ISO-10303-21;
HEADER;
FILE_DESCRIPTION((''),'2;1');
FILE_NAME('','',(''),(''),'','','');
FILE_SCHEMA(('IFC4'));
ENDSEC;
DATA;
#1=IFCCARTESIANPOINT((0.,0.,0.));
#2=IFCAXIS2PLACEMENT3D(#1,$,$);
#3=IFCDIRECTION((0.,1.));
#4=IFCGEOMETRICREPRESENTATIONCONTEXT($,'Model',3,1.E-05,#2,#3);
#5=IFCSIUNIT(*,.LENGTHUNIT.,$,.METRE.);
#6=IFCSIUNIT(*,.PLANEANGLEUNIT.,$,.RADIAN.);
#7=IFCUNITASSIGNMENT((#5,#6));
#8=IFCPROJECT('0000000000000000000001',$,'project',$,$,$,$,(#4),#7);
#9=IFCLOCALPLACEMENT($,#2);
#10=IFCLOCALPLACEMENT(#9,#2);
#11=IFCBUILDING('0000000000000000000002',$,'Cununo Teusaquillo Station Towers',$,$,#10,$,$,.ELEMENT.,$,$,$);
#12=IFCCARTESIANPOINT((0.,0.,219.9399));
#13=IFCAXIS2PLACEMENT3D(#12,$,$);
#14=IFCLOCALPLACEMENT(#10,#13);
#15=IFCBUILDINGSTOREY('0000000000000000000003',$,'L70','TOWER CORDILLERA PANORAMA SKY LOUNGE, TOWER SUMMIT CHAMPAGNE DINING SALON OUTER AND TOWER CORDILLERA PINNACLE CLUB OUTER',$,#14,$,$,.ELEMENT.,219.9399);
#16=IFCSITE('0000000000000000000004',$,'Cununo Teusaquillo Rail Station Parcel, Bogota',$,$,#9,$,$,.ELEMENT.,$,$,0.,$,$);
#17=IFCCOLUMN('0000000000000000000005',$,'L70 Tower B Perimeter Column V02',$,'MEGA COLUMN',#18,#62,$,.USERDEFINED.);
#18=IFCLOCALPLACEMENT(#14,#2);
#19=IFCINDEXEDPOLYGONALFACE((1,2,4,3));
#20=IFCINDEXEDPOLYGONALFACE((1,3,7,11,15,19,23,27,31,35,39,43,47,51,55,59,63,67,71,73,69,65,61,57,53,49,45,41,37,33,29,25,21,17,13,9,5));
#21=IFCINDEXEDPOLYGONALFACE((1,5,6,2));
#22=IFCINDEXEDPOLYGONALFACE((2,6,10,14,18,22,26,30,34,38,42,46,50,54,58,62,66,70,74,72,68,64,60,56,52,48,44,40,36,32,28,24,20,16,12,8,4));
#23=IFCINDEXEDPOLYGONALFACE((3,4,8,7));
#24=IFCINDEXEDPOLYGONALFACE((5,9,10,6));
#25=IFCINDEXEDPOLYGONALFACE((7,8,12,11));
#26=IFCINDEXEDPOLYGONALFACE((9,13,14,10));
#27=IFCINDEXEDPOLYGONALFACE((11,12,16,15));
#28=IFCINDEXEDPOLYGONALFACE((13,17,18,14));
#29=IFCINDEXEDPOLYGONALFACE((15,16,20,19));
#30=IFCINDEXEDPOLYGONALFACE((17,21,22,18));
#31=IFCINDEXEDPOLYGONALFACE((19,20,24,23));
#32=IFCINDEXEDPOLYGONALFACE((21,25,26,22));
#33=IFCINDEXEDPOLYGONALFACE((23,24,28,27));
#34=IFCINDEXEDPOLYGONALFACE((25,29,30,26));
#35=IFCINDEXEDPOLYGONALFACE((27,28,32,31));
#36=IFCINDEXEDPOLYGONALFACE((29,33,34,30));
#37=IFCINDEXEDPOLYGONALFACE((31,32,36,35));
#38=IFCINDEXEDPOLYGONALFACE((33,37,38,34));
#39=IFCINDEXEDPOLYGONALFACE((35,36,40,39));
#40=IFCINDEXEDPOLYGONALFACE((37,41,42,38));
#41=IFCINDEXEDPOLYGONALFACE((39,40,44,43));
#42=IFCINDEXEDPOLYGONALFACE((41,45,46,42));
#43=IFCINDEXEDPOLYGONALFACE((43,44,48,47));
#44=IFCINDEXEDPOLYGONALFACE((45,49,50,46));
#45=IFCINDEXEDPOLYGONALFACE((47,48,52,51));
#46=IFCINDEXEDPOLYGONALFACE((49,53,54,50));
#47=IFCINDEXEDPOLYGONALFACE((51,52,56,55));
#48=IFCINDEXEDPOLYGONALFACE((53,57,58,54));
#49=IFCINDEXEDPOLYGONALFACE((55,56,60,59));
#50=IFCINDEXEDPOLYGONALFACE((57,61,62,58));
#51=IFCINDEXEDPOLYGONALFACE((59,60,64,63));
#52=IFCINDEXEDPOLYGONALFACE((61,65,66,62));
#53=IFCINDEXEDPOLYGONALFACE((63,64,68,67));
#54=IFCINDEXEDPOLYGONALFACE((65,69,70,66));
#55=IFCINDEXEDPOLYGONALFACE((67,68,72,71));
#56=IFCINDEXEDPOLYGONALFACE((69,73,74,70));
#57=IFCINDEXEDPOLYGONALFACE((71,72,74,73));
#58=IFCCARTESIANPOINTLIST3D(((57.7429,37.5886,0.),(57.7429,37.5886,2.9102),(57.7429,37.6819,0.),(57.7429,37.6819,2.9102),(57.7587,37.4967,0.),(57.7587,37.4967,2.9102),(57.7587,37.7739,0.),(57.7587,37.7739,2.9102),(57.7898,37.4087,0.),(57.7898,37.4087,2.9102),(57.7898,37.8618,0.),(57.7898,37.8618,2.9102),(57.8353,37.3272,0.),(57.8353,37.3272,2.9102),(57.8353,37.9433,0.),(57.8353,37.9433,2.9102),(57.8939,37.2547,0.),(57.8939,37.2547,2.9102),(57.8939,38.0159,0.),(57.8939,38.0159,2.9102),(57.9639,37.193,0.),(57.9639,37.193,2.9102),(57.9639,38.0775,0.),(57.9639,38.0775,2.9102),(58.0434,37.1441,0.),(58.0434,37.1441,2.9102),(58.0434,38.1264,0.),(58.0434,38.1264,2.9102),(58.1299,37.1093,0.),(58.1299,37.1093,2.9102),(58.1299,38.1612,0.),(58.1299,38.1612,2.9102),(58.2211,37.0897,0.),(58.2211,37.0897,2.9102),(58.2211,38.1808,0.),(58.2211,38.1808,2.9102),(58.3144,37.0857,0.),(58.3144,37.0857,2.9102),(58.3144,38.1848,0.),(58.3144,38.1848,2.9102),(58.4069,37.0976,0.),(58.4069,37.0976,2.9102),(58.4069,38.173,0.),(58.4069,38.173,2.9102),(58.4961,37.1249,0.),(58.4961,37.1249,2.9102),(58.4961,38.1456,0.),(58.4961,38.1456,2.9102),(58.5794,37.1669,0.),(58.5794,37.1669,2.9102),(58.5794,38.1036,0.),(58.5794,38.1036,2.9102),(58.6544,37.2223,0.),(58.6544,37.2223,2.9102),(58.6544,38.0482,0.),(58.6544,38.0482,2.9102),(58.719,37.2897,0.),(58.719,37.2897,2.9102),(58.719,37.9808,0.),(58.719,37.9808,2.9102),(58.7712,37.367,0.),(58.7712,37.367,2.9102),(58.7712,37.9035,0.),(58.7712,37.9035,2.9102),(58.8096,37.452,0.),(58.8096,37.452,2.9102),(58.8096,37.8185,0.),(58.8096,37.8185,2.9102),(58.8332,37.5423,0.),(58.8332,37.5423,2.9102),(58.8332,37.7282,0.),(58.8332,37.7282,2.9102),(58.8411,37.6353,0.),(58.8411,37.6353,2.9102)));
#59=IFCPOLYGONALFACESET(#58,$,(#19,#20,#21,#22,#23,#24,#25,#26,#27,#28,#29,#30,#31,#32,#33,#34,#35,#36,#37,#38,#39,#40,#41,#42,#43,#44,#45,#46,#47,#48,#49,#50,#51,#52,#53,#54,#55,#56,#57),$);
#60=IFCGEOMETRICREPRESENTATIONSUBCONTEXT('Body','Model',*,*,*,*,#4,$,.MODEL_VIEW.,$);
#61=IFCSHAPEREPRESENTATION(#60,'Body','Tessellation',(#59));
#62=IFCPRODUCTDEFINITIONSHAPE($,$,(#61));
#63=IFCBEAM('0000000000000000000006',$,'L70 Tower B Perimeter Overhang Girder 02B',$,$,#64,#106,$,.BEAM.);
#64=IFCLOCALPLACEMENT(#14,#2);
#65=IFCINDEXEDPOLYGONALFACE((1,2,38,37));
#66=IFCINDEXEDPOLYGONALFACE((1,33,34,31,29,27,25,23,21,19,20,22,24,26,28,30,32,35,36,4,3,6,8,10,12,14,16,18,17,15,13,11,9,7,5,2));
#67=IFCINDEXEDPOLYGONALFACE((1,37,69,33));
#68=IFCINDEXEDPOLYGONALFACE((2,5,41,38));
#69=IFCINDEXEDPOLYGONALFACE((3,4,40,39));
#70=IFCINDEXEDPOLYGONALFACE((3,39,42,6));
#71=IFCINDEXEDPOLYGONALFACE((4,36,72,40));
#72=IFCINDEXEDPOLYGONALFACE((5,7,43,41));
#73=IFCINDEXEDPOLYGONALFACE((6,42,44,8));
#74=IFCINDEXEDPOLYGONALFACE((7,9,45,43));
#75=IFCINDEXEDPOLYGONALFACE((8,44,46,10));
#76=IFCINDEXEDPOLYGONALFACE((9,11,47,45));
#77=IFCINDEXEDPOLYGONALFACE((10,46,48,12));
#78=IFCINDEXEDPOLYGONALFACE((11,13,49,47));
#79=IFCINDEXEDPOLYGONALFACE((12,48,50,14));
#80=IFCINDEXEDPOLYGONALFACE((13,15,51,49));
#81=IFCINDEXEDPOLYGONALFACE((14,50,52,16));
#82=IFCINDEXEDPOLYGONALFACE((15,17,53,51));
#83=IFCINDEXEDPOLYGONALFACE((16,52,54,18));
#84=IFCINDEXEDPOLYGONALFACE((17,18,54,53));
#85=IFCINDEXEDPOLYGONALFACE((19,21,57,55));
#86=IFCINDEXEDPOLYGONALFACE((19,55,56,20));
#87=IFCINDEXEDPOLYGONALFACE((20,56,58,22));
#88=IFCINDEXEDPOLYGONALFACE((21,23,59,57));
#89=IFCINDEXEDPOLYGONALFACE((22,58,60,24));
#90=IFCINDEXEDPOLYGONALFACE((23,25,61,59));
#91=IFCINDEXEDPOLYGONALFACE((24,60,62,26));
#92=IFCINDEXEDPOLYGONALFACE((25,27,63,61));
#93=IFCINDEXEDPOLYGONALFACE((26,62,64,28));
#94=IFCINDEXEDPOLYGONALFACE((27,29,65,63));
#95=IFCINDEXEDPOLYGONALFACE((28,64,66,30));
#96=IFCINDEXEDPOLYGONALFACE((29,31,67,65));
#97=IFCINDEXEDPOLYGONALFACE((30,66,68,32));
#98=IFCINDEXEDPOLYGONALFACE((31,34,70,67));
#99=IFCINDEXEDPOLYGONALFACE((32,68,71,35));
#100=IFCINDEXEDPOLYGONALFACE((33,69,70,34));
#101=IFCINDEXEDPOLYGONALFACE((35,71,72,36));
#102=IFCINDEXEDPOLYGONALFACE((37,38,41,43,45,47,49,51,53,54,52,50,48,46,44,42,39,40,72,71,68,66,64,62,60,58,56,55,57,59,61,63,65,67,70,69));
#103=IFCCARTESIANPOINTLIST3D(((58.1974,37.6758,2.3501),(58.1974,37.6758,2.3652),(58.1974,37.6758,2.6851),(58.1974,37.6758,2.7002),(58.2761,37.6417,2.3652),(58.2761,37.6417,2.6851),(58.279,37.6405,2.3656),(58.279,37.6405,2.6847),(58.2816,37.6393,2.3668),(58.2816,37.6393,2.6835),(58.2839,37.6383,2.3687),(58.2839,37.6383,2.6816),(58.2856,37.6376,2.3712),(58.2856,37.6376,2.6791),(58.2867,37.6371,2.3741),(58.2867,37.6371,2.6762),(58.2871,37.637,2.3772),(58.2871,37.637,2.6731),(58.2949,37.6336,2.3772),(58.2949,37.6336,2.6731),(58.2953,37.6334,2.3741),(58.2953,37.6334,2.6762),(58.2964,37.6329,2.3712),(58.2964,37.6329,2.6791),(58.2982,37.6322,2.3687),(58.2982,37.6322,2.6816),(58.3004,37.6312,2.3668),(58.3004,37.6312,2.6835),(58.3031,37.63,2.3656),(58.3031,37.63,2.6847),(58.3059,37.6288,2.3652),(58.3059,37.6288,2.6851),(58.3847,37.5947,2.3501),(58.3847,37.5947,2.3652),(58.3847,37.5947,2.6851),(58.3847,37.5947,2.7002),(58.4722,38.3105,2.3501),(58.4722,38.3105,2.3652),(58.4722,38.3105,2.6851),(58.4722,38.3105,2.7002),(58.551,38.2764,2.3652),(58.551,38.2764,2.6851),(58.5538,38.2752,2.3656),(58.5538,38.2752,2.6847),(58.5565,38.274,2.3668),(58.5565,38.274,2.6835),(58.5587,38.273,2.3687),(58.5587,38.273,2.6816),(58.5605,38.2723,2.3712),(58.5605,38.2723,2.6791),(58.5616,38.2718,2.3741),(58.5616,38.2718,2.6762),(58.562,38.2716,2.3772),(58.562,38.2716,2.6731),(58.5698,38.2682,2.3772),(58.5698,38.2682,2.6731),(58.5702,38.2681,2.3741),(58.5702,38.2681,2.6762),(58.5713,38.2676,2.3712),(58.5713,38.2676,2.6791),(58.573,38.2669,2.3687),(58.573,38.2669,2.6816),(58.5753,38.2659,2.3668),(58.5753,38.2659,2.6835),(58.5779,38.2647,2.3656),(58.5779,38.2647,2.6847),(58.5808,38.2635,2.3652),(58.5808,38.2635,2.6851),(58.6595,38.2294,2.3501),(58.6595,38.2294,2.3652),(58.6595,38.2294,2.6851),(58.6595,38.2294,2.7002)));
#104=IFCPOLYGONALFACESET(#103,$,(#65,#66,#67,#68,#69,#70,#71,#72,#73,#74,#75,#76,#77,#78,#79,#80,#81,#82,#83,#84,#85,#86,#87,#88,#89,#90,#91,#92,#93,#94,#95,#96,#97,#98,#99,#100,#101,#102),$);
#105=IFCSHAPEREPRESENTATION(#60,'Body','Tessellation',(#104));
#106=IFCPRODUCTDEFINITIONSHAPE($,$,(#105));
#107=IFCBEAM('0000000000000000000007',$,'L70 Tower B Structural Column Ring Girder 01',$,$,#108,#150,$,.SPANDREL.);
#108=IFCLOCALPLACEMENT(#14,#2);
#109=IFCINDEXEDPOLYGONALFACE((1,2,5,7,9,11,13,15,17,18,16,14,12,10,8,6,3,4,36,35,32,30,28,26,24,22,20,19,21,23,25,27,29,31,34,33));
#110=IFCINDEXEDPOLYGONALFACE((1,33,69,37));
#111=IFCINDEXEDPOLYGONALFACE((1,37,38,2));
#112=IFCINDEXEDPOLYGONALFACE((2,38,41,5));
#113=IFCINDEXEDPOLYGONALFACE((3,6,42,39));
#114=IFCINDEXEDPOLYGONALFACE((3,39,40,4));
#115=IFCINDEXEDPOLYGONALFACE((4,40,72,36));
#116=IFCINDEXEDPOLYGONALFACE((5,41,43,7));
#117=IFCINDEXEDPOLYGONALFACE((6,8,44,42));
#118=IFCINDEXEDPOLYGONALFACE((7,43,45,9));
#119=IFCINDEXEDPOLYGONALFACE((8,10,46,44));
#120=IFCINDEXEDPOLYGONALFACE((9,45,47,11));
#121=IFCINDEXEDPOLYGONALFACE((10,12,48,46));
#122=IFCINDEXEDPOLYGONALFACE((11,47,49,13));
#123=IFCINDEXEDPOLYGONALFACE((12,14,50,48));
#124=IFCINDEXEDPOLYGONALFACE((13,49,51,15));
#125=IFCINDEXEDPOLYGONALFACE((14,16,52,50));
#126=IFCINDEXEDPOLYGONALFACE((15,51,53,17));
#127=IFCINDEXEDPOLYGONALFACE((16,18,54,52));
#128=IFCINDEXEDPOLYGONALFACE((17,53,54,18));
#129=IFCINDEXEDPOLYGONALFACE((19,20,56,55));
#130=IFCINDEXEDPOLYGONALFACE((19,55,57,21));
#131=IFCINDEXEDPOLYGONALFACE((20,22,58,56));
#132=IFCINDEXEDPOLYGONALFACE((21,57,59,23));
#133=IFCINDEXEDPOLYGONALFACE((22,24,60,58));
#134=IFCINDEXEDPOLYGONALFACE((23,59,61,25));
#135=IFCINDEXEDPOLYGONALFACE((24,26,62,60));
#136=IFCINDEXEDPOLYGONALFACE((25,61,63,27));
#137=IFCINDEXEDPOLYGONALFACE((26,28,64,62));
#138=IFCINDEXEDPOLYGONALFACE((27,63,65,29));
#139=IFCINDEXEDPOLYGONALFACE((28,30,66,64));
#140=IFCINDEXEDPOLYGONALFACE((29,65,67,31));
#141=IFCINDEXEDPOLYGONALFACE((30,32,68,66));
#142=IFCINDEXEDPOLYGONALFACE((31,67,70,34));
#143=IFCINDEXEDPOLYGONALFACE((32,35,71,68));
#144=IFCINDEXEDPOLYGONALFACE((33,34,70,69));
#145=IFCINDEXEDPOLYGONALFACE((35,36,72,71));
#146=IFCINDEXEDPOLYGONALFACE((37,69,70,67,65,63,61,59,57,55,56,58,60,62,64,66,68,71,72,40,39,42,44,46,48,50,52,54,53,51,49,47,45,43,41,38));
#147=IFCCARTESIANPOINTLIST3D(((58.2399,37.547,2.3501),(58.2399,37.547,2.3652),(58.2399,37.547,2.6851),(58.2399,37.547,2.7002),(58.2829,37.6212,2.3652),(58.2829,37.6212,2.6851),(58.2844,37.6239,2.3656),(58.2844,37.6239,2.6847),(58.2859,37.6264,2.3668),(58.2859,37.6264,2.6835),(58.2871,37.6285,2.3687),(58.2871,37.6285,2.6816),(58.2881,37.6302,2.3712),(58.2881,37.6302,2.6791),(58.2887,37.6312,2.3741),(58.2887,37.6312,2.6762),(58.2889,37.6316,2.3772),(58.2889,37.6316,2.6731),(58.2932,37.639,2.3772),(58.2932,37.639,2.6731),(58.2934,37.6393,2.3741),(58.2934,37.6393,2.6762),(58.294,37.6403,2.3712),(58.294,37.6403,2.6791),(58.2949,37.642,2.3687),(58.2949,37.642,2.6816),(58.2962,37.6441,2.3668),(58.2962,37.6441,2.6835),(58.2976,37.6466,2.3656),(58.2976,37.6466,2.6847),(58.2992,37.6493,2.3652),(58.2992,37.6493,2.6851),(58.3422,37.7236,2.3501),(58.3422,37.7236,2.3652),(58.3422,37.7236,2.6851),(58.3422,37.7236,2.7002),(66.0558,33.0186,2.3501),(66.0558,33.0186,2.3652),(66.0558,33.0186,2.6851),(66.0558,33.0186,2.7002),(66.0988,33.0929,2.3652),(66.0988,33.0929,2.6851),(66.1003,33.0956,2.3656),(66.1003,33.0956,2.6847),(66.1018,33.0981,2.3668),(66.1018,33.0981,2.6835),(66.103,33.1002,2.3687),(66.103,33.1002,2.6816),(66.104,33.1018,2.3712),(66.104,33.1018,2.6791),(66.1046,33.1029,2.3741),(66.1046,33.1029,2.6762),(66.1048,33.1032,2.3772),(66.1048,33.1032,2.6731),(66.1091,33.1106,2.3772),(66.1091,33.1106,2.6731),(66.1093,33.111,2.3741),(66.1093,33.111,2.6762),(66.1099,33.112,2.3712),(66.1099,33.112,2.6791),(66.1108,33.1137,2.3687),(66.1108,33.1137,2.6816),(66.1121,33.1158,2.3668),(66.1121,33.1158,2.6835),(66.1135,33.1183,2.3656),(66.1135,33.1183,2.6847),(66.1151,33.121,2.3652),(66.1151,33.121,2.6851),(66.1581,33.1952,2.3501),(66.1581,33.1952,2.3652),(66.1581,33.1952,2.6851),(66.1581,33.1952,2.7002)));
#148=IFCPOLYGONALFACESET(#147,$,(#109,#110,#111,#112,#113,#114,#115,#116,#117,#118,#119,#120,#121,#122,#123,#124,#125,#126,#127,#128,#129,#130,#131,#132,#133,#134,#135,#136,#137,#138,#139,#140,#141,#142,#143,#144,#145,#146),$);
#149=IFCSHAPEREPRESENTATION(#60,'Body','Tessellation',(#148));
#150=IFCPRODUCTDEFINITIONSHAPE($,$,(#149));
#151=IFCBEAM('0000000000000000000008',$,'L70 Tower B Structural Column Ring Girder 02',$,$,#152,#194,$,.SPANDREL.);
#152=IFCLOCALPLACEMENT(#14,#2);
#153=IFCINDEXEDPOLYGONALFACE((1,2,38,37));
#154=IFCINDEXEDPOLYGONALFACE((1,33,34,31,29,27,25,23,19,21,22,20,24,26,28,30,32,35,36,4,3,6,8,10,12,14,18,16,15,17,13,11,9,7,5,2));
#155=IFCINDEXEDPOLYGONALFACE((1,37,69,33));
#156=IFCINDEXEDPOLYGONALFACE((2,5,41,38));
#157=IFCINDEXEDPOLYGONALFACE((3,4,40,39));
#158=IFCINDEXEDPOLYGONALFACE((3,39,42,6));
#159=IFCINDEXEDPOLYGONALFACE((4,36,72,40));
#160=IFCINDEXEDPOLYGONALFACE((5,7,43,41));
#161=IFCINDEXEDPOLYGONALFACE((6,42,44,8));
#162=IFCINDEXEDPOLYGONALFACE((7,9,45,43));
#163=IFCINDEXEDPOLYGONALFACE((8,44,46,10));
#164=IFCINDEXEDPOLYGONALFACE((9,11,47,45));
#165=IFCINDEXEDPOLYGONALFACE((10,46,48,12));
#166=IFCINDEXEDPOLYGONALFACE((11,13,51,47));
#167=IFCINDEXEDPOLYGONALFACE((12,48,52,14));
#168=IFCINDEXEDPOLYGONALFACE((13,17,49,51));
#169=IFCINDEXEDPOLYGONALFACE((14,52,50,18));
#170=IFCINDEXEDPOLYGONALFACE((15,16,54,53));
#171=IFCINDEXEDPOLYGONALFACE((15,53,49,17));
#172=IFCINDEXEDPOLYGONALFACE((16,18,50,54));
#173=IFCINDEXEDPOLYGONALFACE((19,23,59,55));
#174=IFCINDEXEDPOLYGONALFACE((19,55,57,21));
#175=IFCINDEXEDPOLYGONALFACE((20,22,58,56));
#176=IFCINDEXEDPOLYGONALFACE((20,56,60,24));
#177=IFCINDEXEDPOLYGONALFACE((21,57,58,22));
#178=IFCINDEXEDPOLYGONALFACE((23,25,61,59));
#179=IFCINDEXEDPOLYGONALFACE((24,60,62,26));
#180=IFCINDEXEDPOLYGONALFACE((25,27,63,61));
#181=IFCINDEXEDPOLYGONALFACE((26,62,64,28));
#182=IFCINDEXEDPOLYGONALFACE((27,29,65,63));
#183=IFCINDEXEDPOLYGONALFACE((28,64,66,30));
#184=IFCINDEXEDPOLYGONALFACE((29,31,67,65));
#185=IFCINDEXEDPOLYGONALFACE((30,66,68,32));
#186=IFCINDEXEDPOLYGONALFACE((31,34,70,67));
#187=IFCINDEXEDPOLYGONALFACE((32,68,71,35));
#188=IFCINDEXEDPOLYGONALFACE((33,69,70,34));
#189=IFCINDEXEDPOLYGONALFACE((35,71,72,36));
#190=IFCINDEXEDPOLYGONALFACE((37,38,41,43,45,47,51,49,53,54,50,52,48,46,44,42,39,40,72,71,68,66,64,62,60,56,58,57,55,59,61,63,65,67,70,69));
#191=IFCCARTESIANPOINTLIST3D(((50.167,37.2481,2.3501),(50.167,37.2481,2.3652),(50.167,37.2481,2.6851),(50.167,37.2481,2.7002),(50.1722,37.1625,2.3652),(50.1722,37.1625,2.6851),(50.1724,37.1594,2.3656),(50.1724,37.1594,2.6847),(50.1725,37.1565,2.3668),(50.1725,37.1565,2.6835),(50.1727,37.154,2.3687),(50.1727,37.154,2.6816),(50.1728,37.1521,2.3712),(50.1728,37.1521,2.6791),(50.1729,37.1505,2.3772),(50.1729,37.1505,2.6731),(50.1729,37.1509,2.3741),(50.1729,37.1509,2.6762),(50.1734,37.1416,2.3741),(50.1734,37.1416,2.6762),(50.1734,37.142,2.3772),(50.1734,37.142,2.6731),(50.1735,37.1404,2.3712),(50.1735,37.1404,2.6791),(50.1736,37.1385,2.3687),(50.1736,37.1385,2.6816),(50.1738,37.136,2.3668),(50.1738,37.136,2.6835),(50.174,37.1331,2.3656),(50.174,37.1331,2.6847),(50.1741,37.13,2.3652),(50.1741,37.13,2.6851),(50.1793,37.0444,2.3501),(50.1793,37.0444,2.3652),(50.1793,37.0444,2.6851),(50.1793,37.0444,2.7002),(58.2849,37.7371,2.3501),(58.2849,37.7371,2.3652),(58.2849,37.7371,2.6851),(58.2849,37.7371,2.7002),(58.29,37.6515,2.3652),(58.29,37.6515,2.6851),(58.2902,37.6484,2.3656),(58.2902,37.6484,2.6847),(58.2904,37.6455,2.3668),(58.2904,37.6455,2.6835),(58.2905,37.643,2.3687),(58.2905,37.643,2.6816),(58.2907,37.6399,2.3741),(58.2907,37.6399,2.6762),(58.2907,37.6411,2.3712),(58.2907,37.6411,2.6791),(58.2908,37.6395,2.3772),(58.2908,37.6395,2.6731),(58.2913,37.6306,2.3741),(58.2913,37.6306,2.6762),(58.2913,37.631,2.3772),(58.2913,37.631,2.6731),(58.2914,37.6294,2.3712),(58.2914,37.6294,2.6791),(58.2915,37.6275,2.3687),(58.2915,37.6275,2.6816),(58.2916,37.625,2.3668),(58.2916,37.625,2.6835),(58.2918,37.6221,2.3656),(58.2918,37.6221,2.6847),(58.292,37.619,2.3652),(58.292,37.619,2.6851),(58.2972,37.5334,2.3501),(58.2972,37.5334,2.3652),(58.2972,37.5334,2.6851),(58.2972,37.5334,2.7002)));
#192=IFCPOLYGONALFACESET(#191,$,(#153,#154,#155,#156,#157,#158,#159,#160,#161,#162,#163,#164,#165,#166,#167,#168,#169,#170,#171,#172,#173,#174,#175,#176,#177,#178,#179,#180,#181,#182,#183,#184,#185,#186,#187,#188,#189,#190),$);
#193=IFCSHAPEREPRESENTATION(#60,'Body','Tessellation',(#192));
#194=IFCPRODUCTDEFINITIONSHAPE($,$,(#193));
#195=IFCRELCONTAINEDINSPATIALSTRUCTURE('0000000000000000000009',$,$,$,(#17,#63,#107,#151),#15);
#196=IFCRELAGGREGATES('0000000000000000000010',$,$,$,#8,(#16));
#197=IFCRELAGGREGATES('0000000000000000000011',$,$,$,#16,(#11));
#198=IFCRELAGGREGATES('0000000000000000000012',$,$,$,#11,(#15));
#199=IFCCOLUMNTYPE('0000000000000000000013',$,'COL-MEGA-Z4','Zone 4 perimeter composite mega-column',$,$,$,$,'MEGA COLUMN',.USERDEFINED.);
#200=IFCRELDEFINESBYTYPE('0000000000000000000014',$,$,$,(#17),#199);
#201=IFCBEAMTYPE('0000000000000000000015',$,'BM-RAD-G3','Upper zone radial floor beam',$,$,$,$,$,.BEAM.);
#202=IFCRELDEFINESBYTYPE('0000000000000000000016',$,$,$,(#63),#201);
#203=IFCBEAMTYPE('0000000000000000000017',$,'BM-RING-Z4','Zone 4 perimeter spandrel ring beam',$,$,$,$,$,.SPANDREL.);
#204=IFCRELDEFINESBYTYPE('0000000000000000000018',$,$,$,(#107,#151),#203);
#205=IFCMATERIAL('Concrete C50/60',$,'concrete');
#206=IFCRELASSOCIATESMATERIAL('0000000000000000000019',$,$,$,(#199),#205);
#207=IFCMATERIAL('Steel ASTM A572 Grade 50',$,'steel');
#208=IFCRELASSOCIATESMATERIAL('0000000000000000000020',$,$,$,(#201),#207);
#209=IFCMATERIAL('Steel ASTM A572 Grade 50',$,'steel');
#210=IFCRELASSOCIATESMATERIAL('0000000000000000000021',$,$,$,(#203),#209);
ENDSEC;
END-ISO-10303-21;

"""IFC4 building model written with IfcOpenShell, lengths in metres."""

from ifc_helpers import new_model, si_unit, direction, frame, origin, origin_2d, place, context, subcontext, project, spatial, circle, i_section, extrude, material, material_profile, profile_set, type_object, element, save


model = new_model("IFC4")

# Units and contexts
model_context = context("Model", 3, precision=1e-05, world=origin(), true_north=direction((0.0, 1.0)))
body_context = subcontext(model_context, "Body", "Model", "MODEL_VIEW")
ifc_project = project(units=[si_unit("LENGTHUNIT", "METRE"), si_unit("PLANEANGLEUNIT", "RADIAN")], contexts=[model_context])

# Site, building, storey
site_placement = place(None, origin())
site = spatial("IfcSite", under=ifc_project, at=site_placement, Name="Cununo Teusaquillo Rail Station Parcel, Bogota", CompositionType="ELEMENT", RefElevation=0.0)
building_placement = place(site_placement, origin())
building = spatial("IfcBuilding", under=site, at=building_placement, Name="Cununo Teusaquillo Station Towers", CompositionType="ELEMENT")
storey_placement = place(building_placement, frame((0.0, 0.0, 219.9399)))
storey = spatial("IfcBuildingStorey", under=building, at=storey_placement, Name="L70", Description="TOWER CORDILLERA PANORAMA SKY LOUNGE, TOWER SUMMIT CHAMPAGNE DINING SALON OUTER AND TOWER CORDILLERA PINNACLE CLUB OUTER", CompositionType="ELEMENT", Elevation=219.9399)

# Column
ifc_material_1 = material(Name="Concrete C50/60", Category="concrete")
ifc_material_profile_1 = material_profile(ifc_material_1, circle(Radius=0.55, at=origin_2d()), Name="RC-CIRC-1100")
ifc_profile_set_1 = profile_set([ifc_material_profile_1], Name="Concrete C50/60")
column_type = type_object("IfcColumnType", Name="COL-MEGA-Z4", Description="Zone 4 perimeter composite mega-column", ElementType="MEGA COLUMN", PredefinedType="USERDEFINED", material=ifc_profile_set_1)
column_placement = place(storey_placement, frame((58.291, 37.6353, 0.0), z_axis=(0.0, 0.0, 1.0), x_axis=(1.0, 0.0, 0.0)))
element("IfcColumn", 1, at=column_placement, inside=storey, type_object=column_type, Name="L70 Tower B Perimeter Column V02", ObjectType="MEGA COLUMN", PredefinedType="USERDEFINED", context=body_context, shape_type="SweptSolid", body=[
    extrude(circle(Radius=0.55, at=origin_2d()), origin(), (0.0, 0.0, 1.0), 2.9102),
])

# Beams
ifc_material_2 = material(Name="Steel ASTM A572 Grade 50", Category="steel")
ifc_material_profile_2 = material_profile(ifc_material_2, i_section(OverallWidth=0.2041, OverallDepth=0.3501, WebThickness=0.0085, FlangeThickness=0.0151, FilletRadius=0.012, at=origin_2d()), Name="W14X48")
ifc_profile_set_2 = profile_set([ifc_material_profile_2], Name="Steel ASTM A572 Grade 50")
beam_type_1 = type_object("IfcBeamType", Name="BM-RAD-G3", Description="Upper zone radial floor beam", PredefinedType="BEAM", material=ifc_profile_set_2)
beam_1_placement = place(storey_placement, frame((58.291, 37.6353, 2.5251), z_axis=(0.397409, 0.917641, 0.0), x_axis=(-0.917641, 0.397409, 0.0)))
element("IfcBeam", 2, at=beam_1_placement, inside=storey, type_object=beam_type_1, Name="L70 Tower B Perimeter Overhang Girder 02B", PredefinedType="BEAM", context=body_context, shape_type="SweptSolid", body=[
    extrude(i_section(OverallWidth=0.2041, OverallDepth=0.3501, WebThickness=0.0085, FlangeThickness=0.0151, FilletRadius=0.012, at=origin_2d()), origin(), (0.0, 0.0, 1.0), 0.6917),
])
ifc_material_3 = material(Name="Steel ASTM A572 Grade 50", Category="steel")
ifc_material_profile_3 = material_profile(ifc_material_3, i_section(OverallWidth=0.2041, OverallDepth=0.3501, WebThickness=0.0085, FlangeThickness=0.0151, FilletRadius=0.012, at=origin_2d()), Name="W14X48")
ifc_profile_set_3 = profile_set([ifc_material_profile_3], Name="Steel ASTM A572 Grade 50")
beam_type_2 = type_object("IfcBeamType", Name="BM-RING-Z4", Description="Zone 4 perimeter spandrel ring beam", PredefinedType="SPANDREL", material=ifc_profile_set_3)
beam_2_placement = place(storey_placement, frame((66.1069, 33.1069, 2.5251), z_axis=(-0.865267, 0.501311, 0.0), x_axis=(-0.501311, -0.865267, 0.0)))
element("IfcBeam", 3, at=beam_2_placement, inside=storey, type_object=beam_type_2, Name="L70 Tower B Structural Column Ring Girder 01", PredefinedType="SPANDREL", context=body_context, shape_type="SweptSolid", body=[
    extrude(i_section(OverallWidth=0.2041, OverallDepth=0.3501, WebThickness=0.0085, FlangeThickness=0.0151, FilletRadius=0.012, at=origin_2d()), origin(), (0.0, 0.0, 1.0), 9.033),
])
beam_3_placement = place(storey_placement, frame((58.291, 37.6353, 2.5251), z_axis=(-0.998191, -0.06013, 0.0), x_axis=(0.06013, -0.998191, 0.0)))
element("IfcBeam", 4, at=beam_3_placement, inside=storey, type_object=beam_type_2, Name="L70 Tower B Structural Column Ring Girder 02", PredefinedType="SPANDREL", context=body_context, shape_type="SweptSolid", body=[
    extrude(i_section(OverallWidth=0.2041, OverallDepth=0.3501, WebThickness=0.0085, FlangeThickness=0.0151, FilletRadius=0.012, at=origin_2d()), origin(), (0.0, 0.0, 1.0), 8.1326),
])

save(model, "model.ifc")
